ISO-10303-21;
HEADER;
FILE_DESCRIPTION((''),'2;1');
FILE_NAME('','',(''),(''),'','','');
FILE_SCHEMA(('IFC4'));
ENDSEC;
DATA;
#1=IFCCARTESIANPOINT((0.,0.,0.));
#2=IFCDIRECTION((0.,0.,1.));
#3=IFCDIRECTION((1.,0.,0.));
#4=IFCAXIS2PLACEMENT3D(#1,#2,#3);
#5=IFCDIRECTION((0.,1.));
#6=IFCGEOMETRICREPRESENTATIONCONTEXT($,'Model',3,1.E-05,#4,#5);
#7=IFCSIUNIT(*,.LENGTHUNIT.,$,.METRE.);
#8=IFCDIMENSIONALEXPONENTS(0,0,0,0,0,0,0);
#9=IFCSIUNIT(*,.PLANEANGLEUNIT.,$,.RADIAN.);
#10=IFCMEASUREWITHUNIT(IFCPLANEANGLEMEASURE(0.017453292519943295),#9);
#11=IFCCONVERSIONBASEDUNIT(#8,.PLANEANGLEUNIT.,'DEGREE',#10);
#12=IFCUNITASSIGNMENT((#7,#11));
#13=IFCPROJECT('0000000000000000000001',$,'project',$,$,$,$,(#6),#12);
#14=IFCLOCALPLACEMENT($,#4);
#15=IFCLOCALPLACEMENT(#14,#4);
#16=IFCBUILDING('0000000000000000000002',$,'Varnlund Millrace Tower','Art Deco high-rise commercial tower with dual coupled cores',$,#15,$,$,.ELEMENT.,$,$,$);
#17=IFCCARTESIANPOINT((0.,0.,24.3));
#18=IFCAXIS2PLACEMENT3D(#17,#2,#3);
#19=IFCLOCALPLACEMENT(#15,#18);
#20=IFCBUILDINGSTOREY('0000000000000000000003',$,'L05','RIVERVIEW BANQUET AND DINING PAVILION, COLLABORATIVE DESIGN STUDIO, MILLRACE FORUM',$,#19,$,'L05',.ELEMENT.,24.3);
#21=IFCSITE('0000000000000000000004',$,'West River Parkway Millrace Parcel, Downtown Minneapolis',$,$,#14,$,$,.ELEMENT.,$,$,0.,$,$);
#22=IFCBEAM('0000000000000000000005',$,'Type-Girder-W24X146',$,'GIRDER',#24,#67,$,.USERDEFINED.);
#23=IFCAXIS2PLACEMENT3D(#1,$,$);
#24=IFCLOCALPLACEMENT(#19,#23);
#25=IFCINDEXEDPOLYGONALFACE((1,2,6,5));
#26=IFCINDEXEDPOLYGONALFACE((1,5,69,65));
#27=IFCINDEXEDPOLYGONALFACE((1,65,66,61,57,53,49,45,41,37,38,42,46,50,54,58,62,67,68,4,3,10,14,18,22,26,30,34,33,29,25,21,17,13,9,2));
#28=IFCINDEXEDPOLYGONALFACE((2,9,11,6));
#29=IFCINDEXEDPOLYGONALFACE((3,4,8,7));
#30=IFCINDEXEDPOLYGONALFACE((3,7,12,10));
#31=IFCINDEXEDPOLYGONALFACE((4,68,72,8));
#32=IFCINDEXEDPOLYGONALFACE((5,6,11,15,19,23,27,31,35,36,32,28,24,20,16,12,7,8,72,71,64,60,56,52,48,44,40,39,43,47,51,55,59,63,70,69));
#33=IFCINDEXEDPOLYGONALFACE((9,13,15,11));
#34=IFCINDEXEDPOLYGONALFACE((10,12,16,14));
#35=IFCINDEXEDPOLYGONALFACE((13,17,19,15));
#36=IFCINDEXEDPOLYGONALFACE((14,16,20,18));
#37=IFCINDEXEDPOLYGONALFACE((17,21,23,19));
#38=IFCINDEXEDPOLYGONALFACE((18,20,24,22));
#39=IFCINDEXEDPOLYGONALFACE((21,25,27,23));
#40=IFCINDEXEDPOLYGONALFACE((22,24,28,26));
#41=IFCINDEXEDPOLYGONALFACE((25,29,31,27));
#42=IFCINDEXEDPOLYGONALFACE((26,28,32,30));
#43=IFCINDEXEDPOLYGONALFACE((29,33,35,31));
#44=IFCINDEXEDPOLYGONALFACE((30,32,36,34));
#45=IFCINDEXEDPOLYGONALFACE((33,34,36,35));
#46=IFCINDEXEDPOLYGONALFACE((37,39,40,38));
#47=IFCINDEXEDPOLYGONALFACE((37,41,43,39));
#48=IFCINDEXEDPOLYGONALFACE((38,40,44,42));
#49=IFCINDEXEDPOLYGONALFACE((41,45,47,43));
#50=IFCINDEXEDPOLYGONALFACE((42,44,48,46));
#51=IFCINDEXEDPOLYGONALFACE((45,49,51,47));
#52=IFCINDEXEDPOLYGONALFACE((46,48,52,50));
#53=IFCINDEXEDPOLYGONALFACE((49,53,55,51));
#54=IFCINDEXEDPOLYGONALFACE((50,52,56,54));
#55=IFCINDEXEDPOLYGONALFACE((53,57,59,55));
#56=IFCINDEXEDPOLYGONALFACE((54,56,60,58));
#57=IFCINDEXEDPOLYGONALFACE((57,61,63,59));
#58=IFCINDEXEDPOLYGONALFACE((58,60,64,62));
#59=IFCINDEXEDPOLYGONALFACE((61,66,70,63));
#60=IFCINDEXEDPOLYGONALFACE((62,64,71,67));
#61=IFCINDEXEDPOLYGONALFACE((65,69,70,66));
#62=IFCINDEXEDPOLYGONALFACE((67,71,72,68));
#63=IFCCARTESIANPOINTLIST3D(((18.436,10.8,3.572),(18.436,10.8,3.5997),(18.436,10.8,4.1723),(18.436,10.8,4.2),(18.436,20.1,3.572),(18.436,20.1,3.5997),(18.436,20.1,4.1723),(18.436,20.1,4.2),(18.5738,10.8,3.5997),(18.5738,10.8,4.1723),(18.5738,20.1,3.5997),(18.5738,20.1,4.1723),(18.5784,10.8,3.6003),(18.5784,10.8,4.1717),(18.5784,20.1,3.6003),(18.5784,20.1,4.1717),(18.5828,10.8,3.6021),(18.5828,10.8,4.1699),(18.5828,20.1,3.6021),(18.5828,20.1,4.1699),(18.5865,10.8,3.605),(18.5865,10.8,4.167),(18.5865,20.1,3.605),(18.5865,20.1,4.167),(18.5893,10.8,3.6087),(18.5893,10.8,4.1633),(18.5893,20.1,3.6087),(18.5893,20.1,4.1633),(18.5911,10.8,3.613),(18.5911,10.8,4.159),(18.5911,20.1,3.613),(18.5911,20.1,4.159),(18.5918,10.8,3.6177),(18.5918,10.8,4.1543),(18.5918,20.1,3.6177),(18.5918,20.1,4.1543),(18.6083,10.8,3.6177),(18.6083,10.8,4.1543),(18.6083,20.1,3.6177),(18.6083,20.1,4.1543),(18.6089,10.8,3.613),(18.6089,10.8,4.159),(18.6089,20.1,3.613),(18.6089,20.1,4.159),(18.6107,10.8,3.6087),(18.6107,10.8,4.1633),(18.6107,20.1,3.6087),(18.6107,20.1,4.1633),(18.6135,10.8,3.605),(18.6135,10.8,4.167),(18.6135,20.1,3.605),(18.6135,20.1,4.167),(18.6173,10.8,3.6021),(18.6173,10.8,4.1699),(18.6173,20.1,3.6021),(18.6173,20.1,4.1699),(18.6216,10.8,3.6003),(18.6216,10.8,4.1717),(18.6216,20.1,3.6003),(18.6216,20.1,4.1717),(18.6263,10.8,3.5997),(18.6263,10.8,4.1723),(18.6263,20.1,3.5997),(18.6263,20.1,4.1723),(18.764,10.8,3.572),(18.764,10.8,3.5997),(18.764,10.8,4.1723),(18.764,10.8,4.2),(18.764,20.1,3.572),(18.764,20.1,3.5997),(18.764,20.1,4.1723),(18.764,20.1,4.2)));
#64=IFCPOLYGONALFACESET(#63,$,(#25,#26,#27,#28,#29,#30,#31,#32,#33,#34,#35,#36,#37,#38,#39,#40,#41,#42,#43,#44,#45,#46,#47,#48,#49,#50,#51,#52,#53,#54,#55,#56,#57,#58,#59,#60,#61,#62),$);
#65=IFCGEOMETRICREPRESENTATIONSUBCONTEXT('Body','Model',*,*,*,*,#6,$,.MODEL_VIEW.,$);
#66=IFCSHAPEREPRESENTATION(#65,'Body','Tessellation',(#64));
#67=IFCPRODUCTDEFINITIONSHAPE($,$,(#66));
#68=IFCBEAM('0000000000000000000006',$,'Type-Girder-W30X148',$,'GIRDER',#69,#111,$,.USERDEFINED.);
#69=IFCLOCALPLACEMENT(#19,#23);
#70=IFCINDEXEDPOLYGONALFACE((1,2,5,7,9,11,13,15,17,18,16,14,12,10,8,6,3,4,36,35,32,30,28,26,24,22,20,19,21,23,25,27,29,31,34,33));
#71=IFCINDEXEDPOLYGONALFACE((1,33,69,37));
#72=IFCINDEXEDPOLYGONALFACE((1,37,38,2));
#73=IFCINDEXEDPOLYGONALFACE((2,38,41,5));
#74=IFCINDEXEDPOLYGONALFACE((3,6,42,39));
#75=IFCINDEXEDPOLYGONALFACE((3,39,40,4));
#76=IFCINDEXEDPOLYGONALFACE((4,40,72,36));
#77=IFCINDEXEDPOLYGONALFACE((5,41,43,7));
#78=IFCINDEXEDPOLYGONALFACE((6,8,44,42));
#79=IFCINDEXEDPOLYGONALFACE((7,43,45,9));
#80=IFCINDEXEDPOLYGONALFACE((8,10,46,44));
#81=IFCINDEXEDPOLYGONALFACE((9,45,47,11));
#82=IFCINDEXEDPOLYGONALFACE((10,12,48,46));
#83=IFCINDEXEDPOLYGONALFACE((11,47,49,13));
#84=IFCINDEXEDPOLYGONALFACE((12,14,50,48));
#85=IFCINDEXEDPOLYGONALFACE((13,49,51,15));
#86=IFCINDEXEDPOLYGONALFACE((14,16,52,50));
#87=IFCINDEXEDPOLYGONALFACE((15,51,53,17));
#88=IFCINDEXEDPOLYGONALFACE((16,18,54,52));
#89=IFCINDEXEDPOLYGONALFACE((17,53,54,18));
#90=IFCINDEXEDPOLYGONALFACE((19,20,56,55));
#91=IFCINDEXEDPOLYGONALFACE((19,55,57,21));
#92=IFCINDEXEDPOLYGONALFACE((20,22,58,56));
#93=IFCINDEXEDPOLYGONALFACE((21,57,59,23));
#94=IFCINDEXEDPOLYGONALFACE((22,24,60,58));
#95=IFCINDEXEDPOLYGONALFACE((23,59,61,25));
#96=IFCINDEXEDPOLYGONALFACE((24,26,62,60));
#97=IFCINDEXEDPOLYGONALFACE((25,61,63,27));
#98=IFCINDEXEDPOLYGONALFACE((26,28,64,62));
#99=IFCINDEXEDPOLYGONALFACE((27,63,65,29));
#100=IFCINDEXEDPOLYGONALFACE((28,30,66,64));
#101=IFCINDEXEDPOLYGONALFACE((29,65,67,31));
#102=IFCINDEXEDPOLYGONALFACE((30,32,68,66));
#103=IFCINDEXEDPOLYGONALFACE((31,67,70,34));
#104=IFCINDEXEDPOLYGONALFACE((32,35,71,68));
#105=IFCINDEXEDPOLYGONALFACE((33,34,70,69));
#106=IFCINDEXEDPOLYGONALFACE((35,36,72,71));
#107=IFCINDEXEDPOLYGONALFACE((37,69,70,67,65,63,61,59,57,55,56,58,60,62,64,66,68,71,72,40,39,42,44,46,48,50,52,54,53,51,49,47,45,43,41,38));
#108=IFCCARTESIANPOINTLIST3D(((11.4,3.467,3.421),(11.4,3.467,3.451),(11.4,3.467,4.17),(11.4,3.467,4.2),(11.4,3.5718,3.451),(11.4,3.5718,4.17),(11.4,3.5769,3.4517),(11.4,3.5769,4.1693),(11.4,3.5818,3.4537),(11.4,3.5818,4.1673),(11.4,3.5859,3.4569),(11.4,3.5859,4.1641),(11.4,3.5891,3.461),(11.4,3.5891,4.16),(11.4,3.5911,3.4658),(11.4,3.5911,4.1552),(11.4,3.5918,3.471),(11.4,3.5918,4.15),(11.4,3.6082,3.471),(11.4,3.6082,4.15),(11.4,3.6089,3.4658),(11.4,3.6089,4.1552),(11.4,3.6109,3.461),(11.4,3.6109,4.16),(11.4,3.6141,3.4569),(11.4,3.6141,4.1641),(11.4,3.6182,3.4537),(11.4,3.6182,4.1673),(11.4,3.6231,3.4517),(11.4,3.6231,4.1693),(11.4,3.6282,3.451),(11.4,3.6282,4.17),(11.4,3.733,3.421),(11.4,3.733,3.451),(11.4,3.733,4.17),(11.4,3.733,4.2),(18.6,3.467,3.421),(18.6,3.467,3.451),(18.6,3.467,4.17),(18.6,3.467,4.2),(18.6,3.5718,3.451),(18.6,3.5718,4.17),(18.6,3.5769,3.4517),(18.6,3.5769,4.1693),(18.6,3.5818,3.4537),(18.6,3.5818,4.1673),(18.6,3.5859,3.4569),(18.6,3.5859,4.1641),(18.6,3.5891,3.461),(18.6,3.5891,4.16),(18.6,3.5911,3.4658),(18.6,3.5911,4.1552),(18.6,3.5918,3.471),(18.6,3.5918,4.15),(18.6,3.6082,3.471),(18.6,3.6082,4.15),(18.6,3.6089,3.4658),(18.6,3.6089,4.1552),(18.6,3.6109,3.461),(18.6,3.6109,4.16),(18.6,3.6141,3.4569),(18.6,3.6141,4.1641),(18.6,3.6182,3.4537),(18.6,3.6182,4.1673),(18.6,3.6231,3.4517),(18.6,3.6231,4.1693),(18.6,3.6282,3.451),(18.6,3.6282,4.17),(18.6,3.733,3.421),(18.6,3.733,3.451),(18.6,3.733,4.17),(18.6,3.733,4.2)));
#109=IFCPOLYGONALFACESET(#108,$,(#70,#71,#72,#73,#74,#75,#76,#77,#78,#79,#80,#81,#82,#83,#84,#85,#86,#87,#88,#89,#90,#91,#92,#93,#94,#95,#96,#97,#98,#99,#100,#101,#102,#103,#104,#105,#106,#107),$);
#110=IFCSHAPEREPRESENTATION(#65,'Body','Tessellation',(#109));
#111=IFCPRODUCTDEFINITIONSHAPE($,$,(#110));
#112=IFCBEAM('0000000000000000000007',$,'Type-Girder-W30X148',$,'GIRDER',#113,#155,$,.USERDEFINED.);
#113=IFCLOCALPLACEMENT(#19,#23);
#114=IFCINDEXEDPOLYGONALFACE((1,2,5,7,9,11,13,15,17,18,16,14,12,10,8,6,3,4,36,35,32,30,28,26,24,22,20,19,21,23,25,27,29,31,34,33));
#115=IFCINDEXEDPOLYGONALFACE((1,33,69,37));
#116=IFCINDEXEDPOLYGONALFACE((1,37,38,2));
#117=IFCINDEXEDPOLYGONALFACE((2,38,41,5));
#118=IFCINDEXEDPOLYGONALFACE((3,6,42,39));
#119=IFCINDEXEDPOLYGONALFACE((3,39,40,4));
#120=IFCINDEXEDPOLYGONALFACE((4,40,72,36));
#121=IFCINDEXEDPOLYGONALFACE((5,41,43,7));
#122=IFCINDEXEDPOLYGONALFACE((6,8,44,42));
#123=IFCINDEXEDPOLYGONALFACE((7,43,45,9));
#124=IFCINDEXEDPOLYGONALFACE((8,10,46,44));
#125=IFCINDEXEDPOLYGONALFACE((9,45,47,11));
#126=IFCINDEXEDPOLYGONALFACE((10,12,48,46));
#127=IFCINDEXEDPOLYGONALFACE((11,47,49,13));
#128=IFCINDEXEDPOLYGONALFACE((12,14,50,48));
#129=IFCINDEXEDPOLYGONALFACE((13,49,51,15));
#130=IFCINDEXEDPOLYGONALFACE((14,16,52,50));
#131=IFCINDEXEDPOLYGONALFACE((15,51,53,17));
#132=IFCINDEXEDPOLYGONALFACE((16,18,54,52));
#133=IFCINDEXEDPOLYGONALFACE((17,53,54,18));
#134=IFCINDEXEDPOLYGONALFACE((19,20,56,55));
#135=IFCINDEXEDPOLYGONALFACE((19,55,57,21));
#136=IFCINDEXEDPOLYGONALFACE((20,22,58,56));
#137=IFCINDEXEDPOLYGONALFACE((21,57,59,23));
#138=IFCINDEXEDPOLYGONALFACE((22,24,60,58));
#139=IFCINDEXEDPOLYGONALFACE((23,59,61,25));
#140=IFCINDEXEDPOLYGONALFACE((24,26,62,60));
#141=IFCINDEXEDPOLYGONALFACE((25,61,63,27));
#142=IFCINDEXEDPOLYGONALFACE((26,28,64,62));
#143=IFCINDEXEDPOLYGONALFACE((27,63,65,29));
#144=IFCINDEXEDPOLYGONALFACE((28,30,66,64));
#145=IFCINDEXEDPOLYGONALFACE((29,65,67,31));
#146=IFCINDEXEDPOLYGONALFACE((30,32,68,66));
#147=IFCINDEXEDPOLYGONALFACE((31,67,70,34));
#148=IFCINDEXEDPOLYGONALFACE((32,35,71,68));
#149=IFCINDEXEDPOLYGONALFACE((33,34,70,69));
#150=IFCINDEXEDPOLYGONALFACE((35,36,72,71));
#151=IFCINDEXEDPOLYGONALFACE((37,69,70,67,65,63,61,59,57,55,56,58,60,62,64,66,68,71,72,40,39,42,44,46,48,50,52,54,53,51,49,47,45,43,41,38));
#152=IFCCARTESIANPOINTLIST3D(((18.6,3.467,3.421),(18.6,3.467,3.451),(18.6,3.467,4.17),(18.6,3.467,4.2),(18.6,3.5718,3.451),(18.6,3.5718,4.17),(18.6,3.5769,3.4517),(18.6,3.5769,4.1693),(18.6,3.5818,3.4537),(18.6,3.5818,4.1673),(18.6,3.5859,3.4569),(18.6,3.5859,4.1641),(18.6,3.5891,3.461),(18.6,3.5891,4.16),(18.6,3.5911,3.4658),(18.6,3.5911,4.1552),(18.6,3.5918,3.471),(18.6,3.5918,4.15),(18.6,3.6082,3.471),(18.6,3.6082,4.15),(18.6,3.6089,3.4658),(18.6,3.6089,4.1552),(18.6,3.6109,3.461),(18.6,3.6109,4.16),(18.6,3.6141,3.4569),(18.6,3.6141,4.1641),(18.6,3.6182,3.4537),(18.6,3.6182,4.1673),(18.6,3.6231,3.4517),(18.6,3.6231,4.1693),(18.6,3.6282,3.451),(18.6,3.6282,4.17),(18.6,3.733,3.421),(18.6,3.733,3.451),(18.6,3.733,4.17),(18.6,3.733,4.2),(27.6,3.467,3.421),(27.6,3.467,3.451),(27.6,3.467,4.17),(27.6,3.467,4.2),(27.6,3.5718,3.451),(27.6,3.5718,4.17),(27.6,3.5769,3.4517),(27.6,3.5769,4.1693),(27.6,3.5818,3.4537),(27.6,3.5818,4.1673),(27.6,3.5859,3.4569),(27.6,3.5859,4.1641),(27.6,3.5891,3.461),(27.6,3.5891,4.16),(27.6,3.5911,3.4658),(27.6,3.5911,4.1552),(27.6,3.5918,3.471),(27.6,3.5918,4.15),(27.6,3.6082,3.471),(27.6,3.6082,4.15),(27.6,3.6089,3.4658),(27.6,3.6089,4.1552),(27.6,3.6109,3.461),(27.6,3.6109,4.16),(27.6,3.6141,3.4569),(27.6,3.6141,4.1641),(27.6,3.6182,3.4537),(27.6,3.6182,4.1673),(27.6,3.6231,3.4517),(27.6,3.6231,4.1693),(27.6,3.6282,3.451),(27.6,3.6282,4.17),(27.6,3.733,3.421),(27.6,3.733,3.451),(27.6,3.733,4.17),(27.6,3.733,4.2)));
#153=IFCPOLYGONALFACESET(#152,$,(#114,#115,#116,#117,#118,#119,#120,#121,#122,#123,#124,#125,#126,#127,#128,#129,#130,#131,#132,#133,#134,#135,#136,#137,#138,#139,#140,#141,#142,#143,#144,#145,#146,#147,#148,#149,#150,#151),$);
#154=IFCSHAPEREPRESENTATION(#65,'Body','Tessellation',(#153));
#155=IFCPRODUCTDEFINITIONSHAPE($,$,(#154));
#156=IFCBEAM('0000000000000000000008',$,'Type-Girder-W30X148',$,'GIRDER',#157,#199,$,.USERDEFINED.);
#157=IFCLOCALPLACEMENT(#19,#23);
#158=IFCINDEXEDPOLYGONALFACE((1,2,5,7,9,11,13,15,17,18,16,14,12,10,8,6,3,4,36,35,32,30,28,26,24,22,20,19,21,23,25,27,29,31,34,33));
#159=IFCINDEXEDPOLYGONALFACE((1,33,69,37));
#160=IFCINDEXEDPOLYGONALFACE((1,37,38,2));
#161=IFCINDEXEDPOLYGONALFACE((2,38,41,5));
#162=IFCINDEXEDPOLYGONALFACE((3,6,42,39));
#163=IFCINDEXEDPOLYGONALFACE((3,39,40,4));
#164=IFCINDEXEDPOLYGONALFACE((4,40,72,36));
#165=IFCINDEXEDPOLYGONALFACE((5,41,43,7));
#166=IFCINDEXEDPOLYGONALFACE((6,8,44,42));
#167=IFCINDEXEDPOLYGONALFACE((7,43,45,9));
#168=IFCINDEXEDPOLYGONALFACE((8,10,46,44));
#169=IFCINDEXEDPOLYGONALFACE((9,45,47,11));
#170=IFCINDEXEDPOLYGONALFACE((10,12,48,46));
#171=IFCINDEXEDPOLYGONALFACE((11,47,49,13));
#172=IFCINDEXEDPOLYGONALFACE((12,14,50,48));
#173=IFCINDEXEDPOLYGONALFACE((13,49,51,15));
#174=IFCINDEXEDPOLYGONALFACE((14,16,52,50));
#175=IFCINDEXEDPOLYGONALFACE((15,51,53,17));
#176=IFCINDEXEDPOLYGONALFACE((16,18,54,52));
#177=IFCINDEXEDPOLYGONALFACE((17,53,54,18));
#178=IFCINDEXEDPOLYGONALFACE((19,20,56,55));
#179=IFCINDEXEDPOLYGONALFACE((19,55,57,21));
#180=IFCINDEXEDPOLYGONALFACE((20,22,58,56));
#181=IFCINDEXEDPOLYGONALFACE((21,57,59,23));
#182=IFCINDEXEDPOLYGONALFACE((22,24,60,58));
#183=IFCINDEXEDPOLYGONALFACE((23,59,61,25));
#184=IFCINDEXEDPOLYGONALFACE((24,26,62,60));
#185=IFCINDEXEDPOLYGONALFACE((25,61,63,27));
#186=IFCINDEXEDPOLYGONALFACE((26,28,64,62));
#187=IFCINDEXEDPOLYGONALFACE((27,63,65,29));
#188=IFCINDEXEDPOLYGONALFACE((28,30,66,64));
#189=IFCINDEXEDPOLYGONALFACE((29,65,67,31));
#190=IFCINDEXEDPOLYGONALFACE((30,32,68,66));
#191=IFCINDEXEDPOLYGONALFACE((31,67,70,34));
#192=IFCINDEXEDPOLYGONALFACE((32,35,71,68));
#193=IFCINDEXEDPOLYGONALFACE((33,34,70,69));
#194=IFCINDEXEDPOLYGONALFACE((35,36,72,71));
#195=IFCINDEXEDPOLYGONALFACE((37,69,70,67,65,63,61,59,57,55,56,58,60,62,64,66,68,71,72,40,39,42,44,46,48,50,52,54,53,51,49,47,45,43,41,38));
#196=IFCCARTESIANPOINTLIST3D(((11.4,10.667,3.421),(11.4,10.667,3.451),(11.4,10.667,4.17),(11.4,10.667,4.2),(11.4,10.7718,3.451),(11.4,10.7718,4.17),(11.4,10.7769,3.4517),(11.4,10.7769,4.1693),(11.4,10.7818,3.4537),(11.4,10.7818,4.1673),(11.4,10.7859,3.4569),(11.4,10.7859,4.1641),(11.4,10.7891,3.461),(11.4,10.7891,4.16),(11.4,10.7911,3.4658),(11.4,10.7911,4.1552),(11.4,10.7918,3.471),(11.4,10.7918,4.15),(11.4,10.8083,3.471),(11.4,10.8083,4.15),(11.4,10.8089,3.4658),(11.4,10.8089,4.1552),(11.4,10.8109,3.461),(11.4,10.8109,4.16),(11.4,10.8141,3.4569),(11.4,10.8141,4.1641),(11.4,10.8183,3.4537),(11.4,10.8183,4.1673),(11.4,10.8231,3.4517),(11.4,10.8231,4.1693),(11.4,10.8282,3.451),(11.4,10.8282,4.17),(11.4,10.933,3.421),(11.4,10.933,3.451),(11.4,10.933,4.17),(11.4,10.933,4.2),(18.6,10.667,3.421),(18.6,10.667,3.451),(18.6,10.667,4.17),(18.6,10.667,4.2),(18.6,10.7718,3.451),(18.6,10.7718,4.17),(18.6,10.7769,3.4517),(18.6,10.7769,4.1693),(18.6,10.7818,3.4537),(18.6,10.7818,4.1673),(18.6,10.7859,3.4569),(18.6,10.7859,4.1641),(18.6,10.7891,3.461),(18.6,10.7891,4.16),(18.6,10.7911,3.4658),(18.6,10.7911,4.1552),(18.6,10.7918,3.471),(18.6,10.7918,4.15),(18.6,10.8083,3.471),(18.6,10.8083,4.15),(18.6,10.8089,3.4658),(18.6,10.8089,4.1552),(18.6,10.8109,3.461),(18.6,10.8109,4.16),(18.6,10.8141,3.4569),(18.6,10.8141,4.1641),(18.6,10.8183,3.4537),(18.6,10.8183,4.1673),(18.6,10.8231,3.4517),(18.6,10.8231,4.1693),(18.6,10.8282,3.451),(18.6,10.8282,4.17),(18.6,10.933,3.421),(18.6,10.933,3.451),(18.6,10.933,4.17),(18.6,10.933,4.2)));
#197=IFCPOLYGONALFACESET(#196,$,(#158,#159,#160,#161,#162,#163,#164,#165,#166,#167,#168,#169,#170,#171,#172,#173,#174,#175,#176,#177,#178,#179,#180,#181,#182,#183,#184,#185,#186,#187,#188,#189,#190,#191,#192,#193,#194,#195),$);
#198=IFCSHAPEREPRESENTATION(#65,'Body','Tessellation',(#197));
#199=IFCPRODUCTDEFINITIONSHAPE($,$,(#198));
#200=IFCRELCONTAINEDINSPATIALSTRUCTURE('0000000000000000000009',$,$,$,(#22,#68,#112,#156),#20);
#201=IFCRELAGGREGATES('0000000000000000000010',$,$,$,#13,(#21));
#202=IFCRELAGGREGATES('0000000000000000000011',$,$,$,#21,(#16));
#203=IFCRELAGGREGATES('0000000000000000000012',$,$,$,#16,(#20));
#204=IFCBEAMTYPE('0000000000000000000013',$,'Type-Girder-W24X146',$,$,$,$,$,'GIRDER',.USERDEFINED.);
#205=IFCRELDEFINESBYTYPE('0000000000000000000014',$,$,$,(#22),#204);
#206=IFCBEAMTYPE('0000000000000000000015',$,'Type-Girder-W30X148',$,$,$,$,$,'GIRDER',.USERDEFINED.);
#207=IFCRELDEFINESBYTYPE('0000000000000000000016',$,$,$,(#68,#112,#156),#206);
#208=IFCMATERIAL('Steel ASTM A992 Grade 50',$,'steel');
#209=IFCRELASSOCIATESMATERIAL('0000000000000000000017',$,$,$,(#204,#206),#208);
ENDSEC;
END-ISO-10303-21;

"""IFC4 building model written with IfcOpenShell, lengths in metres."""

from ifc_helpers import new_model, entity, si_unit, converted_unit, direction, frame, origin_with_axes, origin_2d_with_axis, place, context, subcontext, project, spatial, i_section, extrude, material, material_profile, profile_set, type_object, element, save


model = new_model("IFC4")

# Units and contexts
model_context = context("Model", 3, precision=1e-05, world=origin_with_axes(), true_north=direction((0.0, 1.0)))
body_context = subcontext(model_context, "Body", "Model", "MODEL_VIEW")
ifc_project = project(units=[si_unit("LENGTHUNIT", "METRE"), converted_unit("PLANEANGLEUNIT", "DEGREE", entity("IfcPlaneAngleMeasure", 0.017453292519943295), si_unit("PLANEANGLEUNIT", "RADIAN"), dimensions=[0, 0, 0, 0, 0, 0, 0])], contexts=[model_context])

# Site, building, storey
site_placement = place(None, origin_with_axes())
site = spatial("IfcSite", under=ifc_project, at=site_placement, Name="West River Parkway Millrace Parcel, Downtown Minneapolis", CompositionType="ELEMENT", RefElevation=0.0)
building_placement = place(site_placement, origin_with_axes())
building = spatial("IfcBuilding", under=site, at=building_placement, Name="Varnlund Millrace Tower", Description="Art Deco high-rise commercial tower with dual coupled cores", CompositionType="ELEMENT")
storey_placement = place(building_placement, frame((0.0, 0.0, 24.3), z_axis=(0.0, 0.0, 1.0), x_axis=(1.0, 0.0, 0.0)))
storey = spatial("IfcBuildingStorey", under=building, at=storey_placement, Name="L05", Description="RIVERVIEW BANQUET AND DINING PAVILION, COLLABORATIVE DESIGN STUDIO, MILLRACE FORUM", LongName="L05", CompositionType="ELEMENT", Elevation=24.3)

# Beams
ifc_material_1 = material(Name="Steel ASTM A992 Grade 50", Category="steel")
ifc_material_profile_1 = material_profile(ifc_material_1, i_section(OverallWidth=0.328, OverallDepth=0.628, WebThickness=0.0165, FlangeThickness=0.0277, FilletRadius=0.018, at=origin_2d_with_axis()), Name="Steel ASTM A992 Grade 50")
ifc_profile_set_1 = profile_set([ifc_material_profile_1], Name="Steel ASTM A992 Grade 50")
beam_type_1 = type_object("IfcBeamType", Name="Type-Girder-W24X146", ElementType="GIRDER", PredefinedType="USERDEFINED", material=ifc_profile_set_1)
beam_1_placement = place(storey_placement, frame((18.6, 10.8, 3.886), z_axis=(0.0, 1.0, 0.0), x_axis=(-1.0, 0.0, 0.0)))
element("IfcBeam", 1, at=beam_1_placement, inside=storey, type_object=beam_type_1, Name="Type-Girder-W24X146", ObjectType="GIRDER", PredefinedType="USERDEFINED", context=body_context, shape_type="SweptSolid", body=[
    extrude(i_section(OverallWidth=0.328, OverallDepth=0.628, WebThickness=0.0165, FlangeThickness=0.0277, FilletRadius=0.018, at=origin_2d_with_axis()), origin_with_axes(), (0.0, 0.0, 1.0), 9.3),
])
ifc_material_profile_2 = material_profile(ifc_material_1, i_section(OverallWidth=0.266, OverallDepth=0.779, WebThickness=0.0165, FlangeThickness=0.03, FilletRadius=0.02, at=origin_2d_with_axis()), Name="Steel ASTM A992 Grade 50")
ifc_profile_set_2 = profile_set([ifc_material_profile_2], Name="Steel ASTM A992 Grade 50")
beam_type_2 = type_object("IfcBeamType", Name="Type-Girder-W30X148", ElementType="GIRDER", PredefinedType="USERDEFINED", material=ifc_profile_set_2)
beam_2_placement = place(storey_placement, frame((11.4, 3.6, 3.8105), z_axis=(1.0, 0.0, 0.0), x_axis=(0.0, 1.0, 0.0)))
element("IfcBeam", 2, at=beam_2_placement, inside=storey, type_object=beam_type_2, Name="Type-Girder-W30X148", ObjectType="GIRDER", PredefinedType="USERDEFINED", context=body_context, shape_type="SweptSolid", body=[
    extrude(i_section(OverallWidth=0.266, OverallDepth=0.779, WebThickness=0.0165, FlangeThickness=0.03, FilletRadius=0.02, at=origin_2d_with_axis()), origin_with_axes(), (0.0, 0.0, 1.0), 7.2),
])
beam_3_placement = place(storey_placement, frame((18.6, 3.6, 3.8105), z_axis=(1.0, 0.0, 0.0), x_axis=(0.0, 1.0, 0.0)))
element("IfcBeam", 3, at=beam_3_placement, inside=storey, type_object=beam_type_2, Name="Type-Girder-W30X148", ObjectType="GIRDER", PredefinedType="USERDEFINED", context=body_context, shape_type="SweptSolid", body=[
    extrude(i_section(OverallWidth=0.266, OverallDepth=0.779, WebThickness=0.0165, FlangeThickness=0.03, FilletRadius=0.02, at=origin_2d_with_axis()), origin_with_axes(), (0.0, 0.0, 1.0), 9.0),
])
beam_4_placement = place(storey_placement, frame((11.4, 10.8, 3.8105), z_axis=(1.0, 0.0, 0.0), x_axis=(0.0, 1.0, 0.0)))
element("IfcBeam", 4, at=beam_4_placement, inside=storey, type_object=beam_type_2, Name="Type-Girder-W30X148", ObjectType="GIRDER", PredefinedType="USERDEFINED", context=body_context, shape_type="SweptSolid", body=[
    extrude(i_section(OverallWidth=0.266, OverallDepth=0.779, WebThickness=0.0165, FlangeThickness=0.03, FilletRadius=0.02, at=origin_2d_with_axis()), origin_with_axes(), (0.0, 0.0, 1.0), 7.2),
])

save(model, "model.ifc")
